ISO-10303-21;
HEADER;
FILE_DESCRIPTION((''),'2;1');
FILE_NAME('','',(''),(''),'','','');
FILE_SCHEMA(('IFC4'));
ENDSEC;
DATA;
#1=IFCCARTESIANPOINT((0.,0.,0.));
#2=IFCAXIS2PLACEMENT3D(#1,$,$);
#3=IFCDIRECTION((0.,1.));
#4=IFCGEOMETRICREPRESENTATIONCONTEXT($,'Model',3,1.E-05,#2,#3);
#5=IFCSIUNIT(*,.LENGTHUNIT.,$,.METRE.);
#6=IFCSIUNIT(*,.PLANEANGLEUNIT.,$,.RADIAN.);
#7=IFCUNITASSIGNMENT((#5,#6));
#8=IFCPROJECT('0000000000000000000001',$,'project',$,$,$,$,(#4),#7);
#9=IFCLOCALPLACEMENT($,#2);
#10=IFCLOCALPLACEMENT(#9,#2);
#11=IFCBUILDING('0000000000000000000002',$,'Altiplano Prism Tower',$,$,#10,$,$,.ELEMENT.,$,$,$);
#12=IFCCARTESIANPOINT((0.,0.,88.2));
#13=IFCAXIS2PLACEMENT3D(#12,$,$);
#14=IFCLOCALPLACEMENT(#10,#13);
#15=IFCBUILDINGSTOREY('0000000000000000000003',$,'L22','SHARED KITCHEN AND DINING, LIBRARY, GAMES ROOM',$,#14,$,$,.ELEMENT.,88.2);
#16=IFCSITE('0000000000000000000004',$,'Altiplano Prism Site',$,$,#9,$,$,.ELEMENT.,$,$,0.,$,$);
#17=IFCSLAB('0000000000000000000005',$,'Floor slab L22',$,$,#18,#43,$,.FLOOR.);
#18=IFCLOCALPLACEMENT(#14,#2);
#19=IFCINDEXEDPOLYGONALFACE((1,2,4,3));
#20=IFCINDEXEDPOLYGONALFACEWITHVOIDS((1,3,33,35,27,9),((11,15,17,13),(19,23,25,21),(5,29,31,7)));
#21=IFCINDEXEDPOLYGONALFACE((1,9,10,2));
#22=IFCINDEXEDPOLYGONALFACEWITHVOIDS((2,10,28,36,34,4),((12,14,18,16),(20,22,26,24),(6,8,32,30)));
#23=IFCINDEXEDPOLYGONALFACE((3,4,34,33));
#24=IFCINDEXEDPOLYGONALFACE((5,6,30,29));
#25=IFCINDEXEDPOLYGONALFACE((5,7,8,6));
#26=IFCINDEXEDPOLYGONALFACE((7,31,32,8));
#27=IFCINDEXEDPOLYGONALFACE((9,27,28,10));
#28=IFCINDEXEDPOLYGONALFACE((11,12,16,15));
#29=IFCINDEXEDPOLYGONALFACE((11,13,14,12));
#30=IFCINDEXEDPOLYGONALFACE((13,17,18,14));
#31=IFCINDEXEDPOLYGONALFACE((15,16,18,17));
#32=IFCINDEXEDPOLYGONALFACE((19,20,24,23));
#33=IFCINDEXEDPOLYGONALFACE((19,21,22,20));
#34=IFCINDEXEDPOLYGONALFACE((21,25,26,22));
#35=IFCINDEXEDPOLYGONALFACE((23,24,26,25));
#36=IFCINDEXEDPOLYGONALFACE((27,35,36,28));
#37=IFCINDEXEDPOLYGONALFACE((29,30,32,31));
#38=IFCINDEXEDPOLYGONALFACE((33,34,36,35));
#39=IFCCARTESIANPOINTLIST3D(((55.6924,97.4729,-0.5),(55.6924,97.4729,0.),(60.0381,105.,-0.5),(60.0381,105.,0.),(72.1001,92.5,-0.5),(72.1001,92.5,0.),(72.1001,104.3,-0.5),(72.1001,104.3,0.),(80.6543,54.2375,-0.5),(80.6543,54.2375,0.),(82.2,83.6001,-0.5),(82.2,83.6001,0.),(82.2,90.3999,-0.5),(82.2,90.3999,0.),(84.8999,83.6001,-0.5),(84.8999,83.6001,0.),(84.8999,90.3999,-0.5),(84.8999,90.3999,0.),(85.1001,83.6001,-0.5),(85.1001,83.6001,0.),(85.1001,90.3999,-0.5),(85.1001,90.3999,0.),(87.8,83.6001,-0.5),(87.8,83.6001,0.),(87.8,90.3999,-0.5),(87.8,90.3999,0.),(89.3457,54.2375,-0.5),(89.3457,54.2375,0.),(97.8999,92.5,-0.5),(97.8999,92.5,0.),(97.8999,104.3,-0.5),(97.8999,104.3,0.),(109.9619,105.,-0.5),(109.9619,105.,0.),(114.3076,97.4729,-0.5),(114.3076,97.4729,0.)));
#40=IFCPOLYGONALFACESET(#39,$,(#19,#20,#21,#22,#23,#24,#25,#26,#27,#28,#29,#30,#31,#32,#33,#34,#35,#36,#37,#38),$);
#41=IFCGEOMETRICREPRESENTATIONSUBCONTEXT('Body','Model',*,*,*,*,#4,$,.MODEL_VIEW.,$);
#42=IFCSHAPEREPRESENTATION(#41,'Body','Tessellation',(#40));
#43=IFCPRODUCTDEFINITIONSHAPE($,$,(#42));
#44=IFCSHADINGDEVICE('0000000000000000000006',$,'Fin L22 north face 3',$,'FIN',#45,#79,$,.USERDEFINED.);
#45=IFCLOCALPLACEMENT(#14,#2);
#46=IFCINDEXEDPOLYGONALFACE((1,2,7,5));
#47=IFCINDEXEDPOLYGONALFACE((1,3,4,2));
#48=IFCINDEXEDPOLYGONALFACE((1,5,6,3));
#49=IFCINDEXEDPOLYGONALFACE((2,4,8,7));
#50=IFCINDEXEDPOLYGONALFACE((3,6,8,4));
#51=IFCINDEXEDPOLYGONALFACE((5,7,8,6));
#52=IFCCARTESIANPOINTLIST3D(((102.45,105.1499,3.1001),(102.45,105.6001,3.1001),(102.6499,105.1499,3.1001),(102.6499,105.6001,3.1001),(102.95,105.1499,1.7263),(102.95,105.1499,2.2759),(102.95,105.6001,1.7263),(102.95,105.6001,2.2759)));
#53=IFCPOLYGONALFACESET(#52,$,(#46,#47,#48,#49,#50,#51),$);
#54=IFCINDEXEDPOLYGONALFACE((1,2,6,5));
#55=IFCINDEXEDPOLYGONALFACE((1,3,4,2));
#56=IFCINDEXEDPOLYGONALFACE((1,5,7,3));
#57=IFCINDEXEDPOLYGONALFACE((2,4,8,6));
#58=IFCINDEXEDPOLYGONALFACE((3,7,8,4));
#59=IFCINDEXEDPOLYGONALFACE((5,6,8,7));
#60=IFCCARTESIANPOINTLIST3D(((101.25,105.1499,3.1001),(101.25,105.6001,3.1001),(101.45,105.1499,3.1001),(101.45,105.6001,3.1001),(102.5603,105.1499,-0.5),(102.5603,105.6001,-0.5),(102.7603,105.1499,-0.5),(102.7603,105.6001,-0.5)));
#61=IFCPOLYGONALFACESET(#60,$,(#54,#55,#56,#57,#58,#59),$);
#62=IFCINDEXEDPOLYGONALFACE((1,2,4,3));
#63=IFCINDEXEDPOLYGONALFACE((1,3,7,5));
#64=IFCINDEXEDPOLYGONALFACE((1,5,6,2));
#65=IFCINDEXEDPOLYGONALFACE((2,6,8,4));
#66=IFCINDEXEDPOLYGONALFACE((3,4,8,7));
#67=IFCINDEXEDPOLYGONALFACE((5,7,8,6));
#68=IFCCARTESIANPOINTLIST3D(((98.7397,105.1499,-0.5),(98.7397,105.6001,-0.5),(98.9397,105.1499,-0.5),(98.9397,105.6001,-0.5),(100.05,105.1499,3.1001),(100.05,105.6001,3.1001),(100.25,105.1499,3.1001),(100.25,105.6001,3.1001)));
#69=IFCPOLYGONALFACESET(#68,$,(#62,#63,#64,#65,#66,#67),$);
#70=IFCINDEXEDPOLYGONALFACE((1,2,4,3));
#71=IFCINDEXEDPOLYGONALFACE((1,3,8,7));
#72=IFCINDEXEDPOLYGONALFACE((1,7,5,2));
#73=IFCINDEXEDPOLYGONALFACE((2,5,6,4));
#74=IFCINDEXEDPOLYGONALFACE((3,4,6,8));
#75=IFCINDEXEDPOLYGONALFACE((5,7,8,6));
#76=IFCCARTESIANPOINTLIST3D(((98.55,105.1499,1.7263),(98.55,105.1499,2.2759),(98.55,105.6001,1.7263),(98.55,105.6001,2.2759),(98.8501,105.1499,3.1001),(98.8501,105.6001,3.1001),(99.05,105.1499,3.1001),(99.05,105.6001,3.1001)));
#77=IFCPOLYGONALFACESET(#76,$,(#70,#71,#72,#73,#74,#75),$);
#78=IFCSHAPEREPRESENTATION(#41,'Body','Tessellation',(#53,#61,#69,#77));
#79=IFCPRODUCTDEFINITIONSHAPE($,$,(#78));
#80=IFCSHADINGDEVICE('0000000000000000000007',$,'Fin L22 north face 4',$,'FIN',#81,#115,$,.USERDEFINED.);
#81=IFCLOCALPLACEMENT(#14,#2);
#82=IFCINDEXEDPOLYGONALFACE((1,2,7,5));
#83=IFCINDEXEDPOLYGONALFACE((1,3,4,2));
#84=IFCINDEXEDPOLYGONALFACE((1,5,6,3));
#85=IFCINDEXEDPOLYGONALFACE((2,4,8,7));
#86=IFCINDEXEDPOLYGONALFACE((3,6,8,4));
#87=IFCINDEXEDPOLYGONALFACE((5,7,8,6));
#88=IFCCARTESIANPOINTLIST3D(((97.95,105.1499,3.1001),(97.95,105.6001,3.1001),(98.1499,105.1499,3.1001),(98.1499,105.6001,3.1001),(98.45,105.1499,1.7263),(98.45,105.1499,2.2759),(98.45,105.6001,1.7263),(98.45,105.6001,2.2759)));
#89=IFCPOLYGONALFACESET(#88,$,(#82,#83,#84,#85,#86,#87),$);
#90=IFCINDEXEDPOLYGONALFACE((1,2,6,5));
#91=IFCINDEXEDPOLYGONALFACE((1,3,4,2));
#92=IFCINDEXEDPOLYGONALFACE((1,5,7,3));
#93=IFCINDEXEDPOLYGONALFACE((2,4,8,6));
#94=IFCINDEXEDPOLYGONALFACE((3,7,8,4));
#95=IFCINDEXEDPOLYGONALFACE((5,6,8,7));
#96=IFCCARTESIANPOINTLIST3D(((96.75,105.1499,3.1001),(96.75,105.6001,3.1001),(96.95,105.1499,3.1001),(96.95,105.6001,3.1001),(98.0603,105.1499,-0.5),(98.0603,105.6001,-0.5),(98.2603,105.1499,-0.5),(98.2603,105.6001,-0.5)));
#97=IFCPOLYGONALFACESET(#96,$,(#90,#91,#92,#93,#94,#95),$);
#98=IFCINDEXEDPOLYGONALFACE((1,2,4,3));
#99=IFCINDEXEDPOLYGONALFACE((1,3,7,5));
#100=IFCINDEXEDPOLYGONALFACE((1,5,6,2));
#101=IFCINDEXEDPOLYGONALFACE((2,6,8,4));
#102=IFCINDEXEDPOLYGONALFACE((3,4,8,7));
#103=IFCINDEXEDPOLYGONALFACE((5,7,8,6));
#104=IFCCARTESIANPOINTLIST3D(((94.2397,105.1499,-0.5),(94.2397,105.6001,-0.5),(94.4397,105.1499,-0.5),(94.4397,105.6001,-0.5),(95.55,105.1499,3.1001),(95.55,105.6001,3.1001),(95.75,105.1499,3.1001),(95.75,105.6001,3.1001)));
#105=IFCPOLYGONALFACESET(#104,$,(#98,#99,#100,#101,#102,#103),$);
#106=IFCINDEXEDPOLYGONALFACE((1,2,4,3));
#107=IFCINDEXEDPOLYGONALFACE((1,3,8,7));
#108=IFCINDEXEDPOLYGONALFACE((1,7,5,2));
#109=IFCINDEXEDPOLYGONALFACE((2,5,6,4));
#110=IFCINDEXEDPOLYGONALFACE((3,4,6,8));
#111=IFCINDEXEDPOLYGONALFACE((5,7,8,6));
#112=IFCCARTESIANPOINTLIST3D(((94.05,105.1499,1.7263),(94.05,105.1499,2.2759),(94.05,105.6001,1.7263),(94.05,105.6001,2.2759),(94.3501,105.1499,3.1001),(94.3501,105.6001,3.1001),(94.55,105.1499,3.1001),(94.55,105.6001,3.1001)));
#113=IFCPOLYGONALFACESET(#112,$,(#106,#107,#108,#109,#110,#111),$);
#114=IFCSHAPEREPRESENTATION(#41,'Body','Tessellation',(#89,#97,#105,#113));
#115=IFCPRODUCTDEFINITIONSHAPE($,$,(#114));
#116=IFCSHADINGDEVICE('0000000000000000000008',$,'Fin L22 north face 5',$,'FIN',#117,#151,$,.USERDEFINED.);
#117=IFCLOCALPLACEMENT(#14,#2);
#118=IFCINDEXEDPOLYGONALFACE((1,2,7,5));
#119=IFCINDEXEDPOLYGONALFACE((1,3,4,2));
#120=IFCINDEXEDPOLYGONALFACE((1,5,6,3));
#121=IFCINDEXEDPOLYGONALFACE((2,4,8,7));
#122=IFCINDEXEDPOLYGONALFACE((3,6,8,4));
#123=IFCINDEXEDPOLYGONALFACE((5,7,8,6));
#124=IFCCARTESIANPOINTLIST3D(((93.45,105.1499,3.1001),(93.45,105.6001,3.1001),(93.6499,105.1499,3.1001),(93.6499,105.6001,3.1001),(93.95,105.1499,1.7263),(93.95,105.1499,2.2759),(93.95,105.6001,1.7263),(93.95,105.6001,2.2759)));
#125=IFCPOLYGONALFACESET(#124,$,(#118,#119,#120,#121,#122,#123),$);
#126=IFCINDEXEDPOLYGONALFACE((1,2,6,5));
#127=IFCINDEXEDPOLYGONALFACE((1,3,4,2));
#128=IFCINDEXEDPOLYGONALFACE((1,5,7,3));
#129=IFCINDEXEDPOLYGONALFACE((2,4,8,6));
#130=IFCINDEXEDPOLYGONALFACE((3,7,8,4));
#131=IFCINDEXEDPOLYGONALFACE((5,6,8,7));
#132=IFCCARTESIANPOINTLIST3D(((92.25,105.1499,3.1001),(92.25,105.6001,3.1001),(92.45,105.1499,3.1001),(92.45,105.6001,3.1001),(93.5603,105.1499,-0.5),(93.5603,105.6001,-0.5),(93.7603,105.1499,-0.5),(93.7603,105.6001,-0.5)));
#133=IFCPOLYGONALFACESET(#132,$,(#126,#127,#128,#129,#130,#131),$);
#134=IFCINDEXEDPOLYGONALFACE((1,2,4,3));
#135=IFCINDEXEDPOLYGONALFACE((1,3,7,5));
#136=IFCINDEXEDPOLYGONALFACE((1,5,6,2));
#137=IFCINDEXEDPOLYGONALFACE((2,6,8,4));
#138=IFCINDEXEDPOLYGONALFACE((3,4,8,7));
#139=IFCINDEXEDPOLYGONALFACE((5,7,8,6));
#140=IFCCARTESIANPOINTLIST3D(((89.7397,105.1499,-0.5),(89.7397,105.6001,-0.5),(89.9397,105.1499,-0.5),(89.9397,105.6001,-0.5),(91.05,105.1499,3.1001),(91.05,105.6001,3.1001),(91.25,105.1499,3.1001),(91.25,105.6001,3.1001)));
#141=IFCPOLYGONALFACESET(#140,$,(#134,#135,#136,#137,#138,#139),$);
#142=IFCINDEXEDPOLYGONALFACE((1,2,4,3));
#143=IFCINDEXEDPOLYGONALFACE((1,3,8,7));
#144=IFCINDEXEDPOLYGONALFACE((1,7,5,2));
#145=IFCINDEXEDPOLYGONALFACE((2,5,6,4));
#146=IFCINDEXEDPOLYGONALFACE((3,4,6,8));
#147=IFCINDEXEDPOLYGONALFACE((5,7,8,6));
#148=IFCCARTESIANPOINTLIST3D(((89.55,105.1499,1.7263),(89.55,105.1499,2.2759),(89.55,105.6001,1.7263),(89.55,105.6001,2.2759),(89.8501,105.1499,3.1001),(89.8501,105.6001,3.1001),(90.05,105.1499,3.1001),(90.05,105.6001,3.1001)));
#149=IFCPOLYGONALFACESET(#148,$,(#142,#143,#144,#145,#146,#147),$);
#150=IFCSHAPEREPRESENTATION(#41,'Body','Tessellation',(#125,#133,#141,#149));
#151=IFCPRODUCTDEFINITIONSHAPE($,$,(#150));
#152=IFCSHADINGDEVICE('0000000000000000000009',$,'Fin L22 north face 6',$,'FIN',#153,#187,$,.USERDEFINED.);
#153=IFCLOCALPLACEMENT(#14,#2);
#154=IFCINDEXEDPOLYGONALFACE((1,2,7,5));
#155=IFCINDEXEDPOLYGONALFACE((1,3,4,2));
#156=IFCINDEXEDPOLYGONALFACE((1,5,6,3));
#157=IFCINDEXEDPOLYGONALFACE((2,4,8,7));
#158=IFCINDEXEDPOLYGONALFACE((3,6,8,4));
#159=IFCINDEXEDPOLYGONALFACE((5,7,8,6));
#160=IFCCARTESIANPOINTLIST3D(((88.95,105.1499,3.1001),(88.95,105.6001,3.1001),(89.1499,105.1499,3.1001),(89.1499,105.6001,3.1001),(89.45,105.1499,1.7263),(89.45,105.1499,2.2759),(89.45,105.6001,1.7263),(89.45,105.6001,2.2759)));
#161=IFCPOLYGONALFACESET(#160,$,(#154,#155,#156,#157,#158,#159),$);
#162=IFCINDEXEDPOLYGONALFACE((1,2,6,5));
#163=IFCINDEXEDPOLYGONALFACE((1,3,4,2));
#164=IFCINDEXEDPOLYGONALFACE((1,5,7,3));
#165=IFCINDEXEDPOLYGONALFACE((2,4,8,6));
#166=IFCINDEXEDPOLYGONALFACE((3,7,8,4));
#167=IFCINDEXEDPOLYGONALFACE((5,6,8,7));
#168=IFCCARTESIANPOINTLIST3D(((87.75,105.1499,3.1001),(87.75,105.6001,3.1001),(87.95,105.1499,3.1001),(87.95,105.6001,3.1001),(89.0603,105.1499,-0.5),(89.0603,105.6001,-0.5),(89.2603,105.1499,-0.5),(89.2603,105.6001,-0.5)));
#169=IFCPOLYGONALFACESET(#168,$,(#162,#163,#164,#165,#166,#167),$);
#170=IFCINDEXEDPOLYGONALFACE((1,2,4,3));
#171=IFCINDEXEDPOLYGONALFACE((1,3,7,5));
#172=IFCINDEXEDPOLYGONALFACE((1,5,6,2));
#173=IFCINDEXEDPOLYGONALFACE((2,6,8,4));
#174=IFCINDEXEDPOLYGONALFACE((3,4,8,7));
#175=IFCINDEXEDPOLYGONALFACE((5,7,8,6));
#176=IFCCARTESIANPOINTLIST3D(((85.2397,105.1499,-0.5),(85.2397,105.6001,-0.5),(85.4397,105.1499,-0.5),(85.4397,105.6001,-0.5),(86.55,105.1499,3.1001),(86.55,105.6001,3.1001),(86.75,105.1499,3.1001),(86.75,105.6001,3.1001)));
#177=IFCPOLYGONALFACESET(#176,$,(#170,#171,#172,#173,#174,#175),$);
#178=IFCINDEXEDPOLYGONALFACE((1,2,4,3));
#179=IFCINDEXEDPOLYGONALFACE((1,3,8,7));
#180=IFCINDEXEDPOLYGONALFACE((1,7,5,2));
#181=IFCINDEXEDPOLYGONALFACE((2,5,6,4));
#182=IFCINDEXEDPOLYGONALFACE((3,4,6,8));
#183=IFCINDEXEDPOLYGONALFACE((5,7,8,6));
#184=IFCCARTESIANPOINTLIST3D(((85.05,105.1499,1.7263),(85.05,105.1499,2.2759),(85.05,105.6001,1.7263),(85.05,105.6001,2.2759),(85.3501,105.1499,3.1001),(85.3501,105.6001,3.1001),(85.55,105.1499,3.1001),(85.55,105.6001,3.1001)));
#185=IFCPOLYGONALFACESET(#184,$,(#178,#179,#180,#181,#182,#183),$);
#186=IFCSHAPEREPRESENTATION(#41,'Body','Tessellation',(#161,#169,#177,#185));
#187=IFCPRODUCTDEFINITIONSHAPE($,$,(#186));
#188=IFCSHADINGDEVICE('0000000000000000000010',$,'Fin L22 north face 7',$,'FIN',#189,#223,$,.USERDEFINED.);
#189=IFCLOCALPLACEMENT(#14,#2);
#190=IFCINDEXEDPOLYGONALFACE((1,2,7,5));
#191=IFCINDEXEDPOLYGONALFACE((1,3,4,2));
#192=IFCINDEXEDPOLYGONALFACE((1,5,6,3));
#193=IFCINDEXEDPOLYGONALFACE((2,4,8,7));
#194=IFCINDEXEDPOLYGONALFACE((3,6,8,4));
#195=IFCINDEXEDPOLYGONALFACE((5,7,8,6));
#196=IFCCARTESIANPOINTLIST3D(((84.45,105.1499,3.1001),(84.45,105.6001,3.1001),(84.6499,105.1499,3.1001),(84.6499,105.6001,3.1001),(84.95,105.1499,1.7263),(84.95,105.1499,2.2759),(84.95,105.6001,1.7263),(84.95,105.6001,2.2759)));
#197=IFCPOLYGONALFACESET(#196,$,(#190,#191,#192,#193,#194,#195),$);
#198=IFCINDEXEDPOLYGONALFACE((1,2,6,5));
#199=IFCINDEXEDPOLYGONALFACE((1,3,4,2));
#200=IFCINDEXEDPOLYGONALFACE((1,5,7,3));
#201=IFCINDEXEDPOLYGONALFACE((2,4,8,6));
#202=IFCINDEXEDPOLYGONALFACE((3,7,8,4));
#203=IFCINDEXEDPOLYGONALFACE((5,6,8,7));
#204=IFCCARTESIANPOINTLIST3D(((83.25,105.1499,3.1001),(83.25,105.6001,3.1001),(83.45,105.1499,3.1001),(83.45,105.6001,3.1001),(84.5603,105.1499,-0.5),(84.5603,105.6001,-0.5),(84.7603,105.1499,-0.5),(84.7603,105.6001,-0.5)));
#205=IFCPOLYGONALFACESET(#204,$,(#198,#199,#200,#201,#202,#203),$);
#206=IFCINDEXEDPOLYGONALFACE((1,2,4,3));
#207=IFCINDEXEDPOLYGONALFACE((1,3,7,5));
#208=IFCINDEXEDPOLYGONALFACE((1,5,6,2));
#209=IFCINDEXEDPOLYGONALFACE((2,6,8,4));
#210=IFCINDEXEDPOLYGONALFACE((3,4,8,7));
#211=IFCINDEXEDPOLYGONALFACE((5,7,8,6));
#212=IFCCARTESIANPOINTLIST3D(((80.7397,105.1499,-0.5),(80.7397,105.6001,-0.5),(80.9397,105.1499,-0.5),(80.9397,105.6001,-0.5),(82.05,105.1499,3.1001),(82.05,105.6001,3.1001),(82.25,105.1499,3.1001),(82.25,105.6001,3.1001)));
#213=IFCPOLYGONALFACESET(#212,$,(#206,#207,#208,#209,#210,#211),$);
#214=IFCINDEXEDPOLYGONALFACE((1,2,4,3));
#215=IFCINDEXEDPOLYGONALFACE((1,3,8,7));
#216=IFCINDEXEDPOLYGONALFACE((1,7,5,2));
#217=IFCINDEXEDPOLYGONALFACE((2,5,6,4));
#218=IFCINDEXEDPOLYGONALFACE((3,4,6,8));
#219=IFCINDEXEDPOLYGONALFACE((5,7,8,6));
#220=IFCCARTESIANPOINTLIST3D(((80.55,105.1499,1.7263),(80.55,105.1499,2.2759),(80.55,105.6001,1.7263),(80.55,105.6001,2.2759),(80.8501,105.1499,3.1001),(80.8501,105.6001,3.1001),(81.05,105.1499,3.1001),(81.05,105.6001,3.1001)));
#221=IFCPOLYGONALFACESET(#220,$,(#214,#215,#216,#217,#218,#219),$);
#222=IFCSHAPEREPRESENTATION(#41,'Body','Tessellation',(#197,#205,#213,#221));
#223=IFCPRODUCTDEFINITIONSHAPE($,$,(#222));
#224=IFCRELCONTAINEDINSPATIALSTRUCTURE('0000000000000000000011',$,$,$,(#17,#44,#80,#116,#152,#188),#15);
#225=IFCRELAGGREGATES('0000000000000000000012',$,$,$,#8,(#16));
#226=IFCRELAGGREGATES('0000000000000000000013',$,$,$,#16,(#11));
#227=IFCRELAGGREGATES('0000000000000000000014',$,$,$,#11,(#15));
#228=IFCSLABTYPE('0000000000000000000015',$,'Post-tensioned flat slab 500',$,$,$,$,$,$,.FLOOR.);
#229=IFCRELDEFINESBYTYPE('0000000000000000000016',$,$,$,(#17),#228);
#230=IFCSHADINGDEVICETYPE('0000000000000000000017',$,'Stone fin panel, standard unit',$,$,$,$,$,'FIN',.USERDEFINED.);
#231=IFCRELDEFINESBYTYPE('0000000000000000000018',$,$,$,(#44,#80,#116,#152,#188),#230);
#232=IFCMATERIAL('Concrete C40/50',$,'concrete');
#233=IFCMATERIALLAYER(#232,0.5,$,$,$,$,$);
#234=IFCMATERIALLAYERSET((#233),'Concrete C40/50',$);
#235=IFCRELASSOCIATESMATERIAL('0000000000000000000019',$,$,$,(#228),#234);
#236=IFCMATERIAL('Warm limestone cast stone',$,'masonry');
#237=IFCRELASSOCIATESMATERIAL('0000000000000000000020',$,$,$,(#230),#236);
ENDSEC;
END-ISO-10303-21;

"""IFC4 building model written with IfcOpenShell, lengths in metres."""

from ifc_helpers import new_model, si_unit, direction, frame, origin, place, context, subcontext, project, spatial, polyline, outline, extrude, source, transform, mapped, material, layer, layer_set, type_object, element, save


model = new_model("IFC4")

# Units and contexts
model_context = context("Model", 3, precision=1e-05, world=origin(), true_north=direction((0.0, 1.0)))
body_context = subcontext(model_context, "Body", "Model", "MODEL_VIEW")
ifc_project = project(units=[si_unit("LENGTHUNIT", "METRE"), si_unit("PLANEANGLEUNIT", "RADIAN")], contexts=[model_context])

# Site, building, storey
site_placement = place(None, origin())
site = spatial("IfcSite", under=ifc_project, at=site_placement, Name="Altiplano Prism Site", CompositionType="ELEMENT", RefElevation=0.0)
building_placement = place(site_placement, origin())
building = spatial("IfcBuilding", under=site, at=building_placement, Name="Altiplano Prism Tower", CompositionType="ELEMENT")
storey_placement = place(building_placement, frame((0.0, 0.0, 88.2)))
storey = spatial("IfcBuildingStorey", under=building, at=storey_placement, Name="L22", Description="SHARED KITCHEN AND DINING, LIBRARY, GAMES ROOM", CompositionType="ELEMENT", Elevation=88.2)

# Slab
ifc_material_1 = material(Name="Concrete C40/50", Category="concrete")
ifc_layer = layer(ifc_material_1, 0.5)
ifc_layer_set = layer_set([ifc_layer], Name="Concrete C40/50")
slab_type = type_object("IfcSlabType", Name="Post-tensioned flat slab 500", PredefinedType="FLOOR", material=ifc_layer_set)
slab_placement = place(storey_placement, frame((0.0, 0.0, -0.5)))
element("IfcSlab", 1, at=slab_placement, inside=storey, type_object=slab_type, Name="Floor slab L22", PredefinedType="FLOOR", context=body_context, shape_type="SweptSolid", body=[
    extrude(outline(polyline([(80.6543, 54.2375), (55.6924, 97.4729), (60.0381, 105.0), (109.9619, 105.0), (114.3076, 97.4729), (89.3457, 54.2375), (80.6543, 54.2375)]), holes=[polyline([(72.1001, 104.3), (72.1001, 92.5), (97.8999, 92.5), (97.8999, 104.3), (72.1001, 104.3)]), polyline([(84.8999, 90.3999), (82.2, 90.3999), (82.2, 83.6001), (84.8999, 83.6001), (84.8999, 90.3999)]), polyline([(87.8, 83.6001), (87.8, 90.3999), (85.1001, 90.3999), (85.1001, 83.6001), (87.8, 83.6001)])]), origin(), (0.0, 0.0, 1.0), 0.5),
])

# Shading devices
ifc_material_2 = material(Name="Warm limestone cast stone", Category="masonry")
shading_device_type_1 = type_object("IfcShadingDeviceType", Name="Stone fin panel, standard unit", ElementType="FIN", PredefinedType="USERDEFINED", material=ifc_material_2)
shared_shape_1 = source(origin(), body_context, "Body", "SweptSolid", [
    extrude(outline(polyline([(-2.2, 2.2263), (-1.7, 3.6001), (-1.8999, 3.6001), (-2.2, 2.7759), (-2.2, 2.2263)])), frame((0.0, -0.1499, 0.0), z_axis=(0.0, -1.0, 0.0), x_axis=(1.0, 0.0, 0.0)), (0.0, 0.0, 1.0), 0.4502),
    extrude(outline(polyline([(-2.0103, 0.0), (-1.8103, 0.0), (-0.5, 3.6001), (-0.7, 3.6001), (-2.0103, 0.0)])), frame((0.0, -0.1499, 0.0), z_axis=(0.0, -1.0, 0.0), x_axis=(1.0, 0.0, 0.0)), (0.0, 0.0, 1.0), 0.4502),
    extrude(outline(polyline([(1.8103, 0.0), (2.0103, 0.0), (0.7, 3.6001), (0.5, 3.6001), (1.8103, 0.0)])), frame((0.0, -0.1499, 0.0), z_axis=(0.0, -1.0, 0.0), x_axis=(1.0, 0.0, 0.0)), (0.0, 0.0, 1.0), 0.4502),
    extrude(outline(polyline([(2.2, 2.7759), (1.8999, 3.6001), (1.7, 3.6001), (2.2, 2.2263), (2.2, 2.7759)])), frame((0.0, -0.1499, 0.0), z_axis=(0.0, -1.0, 0.0), x_axis=(1.0, 0.0, 0.0)), (0.0, 0.0, 1.0), 0.4502),
])
shading_device_1_placement = place(storey_placement, origin())
element("IfcShadingDevice", 2, at=shading_device_1_placement, inside=storey, type_object=shading_device_type_1, Name="Fin L22 north face 3", ObjectType="FIN", PredefinedType="USERDEFINED", context=body_context, shape_type="MappedRepresentation", body=[
    mapped(shared_shape_1, transform((100.75, 105.0, -0.5), x_axis=(-1.0, 0.0, 0.0), y_axis=(0.0, -1.0, 0.0), z_axis=(0.0, 0.0, 1.0))),
])
shading_device_2_placement = place(storey_placement, origin())
element("IfcShadingDevice", 3, at=shading_device_2_placement, inside=storey, type_object=shading_device_type_1, Name="Fin L22 north face 4", ObjectType="FIN", PredefinedType="USERDEFINED", context=body_context, shape_type="MappedRepresentation", body=[
    mapped(shared_shape_1, transform((96.25, 105.0, -0.5), x_axis=(-1.0, 0.0, 0.0), y_axis=(0.0, -1.0, 0.0), z_axis=(0.0, 0.0, 1.0))),
])
shading_device_3_placement = place(storey_placement, origin())
element("IfcShadingDevice", 4, at=shading_device_3_placement, inside=storey, type_object=shading_device_type_1, Name="Fin L22 north face 5", ObjectType="FIN", PredefinedType="USERDEFINED", context=body_context, shape_type="MappedRepresentation", body=[
    mapped(shared_shape_1, transform((91.75, 105.0, -0.5), x_axis=(-1.0, 0.0, 0.0), y_axis=(0.0, -1.0, 0.0), z_axis=(0.0, 0.0, 1.0))),
])
shading_device_4_placement = place(storey_placement, origin())
element("IfcShadingDevice", 5, at=shading_device_4_placement, inside=storey, type_object=shading_device_type_1, Name="Fin L22 north face 6", ObjectType="FIN", PredefinedType="USERDEFINED", context=body_context, shape_type="MappedRepresentation", body=[
    mapped(shared_shape_1, transform((87.25, 105.0, -0.5), x_axis=(-1.0, 0.0, 0.0), y_axis=(0.0, -1.0, 0.0), z_axis=(0.0, 0.0, 1.0))),
])
shading_device_5_placement = place(storey_placement, origin())
element("IfcShadingDevice", 6, at=shading_device_5_placement, inside=storey, type_object=shading_device_type_1, Name="Fin L22 north face 7", ObjectType="FIN", PredefinedType="USERDEFINED", context=body_context, shape_type="MappedRepresentation", body=[
    mapped(shared_shape_1, transform((82.75, 105.0, -0.5), x_axis=(-1.0, 0.0, 0.0), y_axis=(0.0, -1.0, 0.0), z_axis=(0.0, 0.0, 1.0))),
])

save(model, "model.ifc")
